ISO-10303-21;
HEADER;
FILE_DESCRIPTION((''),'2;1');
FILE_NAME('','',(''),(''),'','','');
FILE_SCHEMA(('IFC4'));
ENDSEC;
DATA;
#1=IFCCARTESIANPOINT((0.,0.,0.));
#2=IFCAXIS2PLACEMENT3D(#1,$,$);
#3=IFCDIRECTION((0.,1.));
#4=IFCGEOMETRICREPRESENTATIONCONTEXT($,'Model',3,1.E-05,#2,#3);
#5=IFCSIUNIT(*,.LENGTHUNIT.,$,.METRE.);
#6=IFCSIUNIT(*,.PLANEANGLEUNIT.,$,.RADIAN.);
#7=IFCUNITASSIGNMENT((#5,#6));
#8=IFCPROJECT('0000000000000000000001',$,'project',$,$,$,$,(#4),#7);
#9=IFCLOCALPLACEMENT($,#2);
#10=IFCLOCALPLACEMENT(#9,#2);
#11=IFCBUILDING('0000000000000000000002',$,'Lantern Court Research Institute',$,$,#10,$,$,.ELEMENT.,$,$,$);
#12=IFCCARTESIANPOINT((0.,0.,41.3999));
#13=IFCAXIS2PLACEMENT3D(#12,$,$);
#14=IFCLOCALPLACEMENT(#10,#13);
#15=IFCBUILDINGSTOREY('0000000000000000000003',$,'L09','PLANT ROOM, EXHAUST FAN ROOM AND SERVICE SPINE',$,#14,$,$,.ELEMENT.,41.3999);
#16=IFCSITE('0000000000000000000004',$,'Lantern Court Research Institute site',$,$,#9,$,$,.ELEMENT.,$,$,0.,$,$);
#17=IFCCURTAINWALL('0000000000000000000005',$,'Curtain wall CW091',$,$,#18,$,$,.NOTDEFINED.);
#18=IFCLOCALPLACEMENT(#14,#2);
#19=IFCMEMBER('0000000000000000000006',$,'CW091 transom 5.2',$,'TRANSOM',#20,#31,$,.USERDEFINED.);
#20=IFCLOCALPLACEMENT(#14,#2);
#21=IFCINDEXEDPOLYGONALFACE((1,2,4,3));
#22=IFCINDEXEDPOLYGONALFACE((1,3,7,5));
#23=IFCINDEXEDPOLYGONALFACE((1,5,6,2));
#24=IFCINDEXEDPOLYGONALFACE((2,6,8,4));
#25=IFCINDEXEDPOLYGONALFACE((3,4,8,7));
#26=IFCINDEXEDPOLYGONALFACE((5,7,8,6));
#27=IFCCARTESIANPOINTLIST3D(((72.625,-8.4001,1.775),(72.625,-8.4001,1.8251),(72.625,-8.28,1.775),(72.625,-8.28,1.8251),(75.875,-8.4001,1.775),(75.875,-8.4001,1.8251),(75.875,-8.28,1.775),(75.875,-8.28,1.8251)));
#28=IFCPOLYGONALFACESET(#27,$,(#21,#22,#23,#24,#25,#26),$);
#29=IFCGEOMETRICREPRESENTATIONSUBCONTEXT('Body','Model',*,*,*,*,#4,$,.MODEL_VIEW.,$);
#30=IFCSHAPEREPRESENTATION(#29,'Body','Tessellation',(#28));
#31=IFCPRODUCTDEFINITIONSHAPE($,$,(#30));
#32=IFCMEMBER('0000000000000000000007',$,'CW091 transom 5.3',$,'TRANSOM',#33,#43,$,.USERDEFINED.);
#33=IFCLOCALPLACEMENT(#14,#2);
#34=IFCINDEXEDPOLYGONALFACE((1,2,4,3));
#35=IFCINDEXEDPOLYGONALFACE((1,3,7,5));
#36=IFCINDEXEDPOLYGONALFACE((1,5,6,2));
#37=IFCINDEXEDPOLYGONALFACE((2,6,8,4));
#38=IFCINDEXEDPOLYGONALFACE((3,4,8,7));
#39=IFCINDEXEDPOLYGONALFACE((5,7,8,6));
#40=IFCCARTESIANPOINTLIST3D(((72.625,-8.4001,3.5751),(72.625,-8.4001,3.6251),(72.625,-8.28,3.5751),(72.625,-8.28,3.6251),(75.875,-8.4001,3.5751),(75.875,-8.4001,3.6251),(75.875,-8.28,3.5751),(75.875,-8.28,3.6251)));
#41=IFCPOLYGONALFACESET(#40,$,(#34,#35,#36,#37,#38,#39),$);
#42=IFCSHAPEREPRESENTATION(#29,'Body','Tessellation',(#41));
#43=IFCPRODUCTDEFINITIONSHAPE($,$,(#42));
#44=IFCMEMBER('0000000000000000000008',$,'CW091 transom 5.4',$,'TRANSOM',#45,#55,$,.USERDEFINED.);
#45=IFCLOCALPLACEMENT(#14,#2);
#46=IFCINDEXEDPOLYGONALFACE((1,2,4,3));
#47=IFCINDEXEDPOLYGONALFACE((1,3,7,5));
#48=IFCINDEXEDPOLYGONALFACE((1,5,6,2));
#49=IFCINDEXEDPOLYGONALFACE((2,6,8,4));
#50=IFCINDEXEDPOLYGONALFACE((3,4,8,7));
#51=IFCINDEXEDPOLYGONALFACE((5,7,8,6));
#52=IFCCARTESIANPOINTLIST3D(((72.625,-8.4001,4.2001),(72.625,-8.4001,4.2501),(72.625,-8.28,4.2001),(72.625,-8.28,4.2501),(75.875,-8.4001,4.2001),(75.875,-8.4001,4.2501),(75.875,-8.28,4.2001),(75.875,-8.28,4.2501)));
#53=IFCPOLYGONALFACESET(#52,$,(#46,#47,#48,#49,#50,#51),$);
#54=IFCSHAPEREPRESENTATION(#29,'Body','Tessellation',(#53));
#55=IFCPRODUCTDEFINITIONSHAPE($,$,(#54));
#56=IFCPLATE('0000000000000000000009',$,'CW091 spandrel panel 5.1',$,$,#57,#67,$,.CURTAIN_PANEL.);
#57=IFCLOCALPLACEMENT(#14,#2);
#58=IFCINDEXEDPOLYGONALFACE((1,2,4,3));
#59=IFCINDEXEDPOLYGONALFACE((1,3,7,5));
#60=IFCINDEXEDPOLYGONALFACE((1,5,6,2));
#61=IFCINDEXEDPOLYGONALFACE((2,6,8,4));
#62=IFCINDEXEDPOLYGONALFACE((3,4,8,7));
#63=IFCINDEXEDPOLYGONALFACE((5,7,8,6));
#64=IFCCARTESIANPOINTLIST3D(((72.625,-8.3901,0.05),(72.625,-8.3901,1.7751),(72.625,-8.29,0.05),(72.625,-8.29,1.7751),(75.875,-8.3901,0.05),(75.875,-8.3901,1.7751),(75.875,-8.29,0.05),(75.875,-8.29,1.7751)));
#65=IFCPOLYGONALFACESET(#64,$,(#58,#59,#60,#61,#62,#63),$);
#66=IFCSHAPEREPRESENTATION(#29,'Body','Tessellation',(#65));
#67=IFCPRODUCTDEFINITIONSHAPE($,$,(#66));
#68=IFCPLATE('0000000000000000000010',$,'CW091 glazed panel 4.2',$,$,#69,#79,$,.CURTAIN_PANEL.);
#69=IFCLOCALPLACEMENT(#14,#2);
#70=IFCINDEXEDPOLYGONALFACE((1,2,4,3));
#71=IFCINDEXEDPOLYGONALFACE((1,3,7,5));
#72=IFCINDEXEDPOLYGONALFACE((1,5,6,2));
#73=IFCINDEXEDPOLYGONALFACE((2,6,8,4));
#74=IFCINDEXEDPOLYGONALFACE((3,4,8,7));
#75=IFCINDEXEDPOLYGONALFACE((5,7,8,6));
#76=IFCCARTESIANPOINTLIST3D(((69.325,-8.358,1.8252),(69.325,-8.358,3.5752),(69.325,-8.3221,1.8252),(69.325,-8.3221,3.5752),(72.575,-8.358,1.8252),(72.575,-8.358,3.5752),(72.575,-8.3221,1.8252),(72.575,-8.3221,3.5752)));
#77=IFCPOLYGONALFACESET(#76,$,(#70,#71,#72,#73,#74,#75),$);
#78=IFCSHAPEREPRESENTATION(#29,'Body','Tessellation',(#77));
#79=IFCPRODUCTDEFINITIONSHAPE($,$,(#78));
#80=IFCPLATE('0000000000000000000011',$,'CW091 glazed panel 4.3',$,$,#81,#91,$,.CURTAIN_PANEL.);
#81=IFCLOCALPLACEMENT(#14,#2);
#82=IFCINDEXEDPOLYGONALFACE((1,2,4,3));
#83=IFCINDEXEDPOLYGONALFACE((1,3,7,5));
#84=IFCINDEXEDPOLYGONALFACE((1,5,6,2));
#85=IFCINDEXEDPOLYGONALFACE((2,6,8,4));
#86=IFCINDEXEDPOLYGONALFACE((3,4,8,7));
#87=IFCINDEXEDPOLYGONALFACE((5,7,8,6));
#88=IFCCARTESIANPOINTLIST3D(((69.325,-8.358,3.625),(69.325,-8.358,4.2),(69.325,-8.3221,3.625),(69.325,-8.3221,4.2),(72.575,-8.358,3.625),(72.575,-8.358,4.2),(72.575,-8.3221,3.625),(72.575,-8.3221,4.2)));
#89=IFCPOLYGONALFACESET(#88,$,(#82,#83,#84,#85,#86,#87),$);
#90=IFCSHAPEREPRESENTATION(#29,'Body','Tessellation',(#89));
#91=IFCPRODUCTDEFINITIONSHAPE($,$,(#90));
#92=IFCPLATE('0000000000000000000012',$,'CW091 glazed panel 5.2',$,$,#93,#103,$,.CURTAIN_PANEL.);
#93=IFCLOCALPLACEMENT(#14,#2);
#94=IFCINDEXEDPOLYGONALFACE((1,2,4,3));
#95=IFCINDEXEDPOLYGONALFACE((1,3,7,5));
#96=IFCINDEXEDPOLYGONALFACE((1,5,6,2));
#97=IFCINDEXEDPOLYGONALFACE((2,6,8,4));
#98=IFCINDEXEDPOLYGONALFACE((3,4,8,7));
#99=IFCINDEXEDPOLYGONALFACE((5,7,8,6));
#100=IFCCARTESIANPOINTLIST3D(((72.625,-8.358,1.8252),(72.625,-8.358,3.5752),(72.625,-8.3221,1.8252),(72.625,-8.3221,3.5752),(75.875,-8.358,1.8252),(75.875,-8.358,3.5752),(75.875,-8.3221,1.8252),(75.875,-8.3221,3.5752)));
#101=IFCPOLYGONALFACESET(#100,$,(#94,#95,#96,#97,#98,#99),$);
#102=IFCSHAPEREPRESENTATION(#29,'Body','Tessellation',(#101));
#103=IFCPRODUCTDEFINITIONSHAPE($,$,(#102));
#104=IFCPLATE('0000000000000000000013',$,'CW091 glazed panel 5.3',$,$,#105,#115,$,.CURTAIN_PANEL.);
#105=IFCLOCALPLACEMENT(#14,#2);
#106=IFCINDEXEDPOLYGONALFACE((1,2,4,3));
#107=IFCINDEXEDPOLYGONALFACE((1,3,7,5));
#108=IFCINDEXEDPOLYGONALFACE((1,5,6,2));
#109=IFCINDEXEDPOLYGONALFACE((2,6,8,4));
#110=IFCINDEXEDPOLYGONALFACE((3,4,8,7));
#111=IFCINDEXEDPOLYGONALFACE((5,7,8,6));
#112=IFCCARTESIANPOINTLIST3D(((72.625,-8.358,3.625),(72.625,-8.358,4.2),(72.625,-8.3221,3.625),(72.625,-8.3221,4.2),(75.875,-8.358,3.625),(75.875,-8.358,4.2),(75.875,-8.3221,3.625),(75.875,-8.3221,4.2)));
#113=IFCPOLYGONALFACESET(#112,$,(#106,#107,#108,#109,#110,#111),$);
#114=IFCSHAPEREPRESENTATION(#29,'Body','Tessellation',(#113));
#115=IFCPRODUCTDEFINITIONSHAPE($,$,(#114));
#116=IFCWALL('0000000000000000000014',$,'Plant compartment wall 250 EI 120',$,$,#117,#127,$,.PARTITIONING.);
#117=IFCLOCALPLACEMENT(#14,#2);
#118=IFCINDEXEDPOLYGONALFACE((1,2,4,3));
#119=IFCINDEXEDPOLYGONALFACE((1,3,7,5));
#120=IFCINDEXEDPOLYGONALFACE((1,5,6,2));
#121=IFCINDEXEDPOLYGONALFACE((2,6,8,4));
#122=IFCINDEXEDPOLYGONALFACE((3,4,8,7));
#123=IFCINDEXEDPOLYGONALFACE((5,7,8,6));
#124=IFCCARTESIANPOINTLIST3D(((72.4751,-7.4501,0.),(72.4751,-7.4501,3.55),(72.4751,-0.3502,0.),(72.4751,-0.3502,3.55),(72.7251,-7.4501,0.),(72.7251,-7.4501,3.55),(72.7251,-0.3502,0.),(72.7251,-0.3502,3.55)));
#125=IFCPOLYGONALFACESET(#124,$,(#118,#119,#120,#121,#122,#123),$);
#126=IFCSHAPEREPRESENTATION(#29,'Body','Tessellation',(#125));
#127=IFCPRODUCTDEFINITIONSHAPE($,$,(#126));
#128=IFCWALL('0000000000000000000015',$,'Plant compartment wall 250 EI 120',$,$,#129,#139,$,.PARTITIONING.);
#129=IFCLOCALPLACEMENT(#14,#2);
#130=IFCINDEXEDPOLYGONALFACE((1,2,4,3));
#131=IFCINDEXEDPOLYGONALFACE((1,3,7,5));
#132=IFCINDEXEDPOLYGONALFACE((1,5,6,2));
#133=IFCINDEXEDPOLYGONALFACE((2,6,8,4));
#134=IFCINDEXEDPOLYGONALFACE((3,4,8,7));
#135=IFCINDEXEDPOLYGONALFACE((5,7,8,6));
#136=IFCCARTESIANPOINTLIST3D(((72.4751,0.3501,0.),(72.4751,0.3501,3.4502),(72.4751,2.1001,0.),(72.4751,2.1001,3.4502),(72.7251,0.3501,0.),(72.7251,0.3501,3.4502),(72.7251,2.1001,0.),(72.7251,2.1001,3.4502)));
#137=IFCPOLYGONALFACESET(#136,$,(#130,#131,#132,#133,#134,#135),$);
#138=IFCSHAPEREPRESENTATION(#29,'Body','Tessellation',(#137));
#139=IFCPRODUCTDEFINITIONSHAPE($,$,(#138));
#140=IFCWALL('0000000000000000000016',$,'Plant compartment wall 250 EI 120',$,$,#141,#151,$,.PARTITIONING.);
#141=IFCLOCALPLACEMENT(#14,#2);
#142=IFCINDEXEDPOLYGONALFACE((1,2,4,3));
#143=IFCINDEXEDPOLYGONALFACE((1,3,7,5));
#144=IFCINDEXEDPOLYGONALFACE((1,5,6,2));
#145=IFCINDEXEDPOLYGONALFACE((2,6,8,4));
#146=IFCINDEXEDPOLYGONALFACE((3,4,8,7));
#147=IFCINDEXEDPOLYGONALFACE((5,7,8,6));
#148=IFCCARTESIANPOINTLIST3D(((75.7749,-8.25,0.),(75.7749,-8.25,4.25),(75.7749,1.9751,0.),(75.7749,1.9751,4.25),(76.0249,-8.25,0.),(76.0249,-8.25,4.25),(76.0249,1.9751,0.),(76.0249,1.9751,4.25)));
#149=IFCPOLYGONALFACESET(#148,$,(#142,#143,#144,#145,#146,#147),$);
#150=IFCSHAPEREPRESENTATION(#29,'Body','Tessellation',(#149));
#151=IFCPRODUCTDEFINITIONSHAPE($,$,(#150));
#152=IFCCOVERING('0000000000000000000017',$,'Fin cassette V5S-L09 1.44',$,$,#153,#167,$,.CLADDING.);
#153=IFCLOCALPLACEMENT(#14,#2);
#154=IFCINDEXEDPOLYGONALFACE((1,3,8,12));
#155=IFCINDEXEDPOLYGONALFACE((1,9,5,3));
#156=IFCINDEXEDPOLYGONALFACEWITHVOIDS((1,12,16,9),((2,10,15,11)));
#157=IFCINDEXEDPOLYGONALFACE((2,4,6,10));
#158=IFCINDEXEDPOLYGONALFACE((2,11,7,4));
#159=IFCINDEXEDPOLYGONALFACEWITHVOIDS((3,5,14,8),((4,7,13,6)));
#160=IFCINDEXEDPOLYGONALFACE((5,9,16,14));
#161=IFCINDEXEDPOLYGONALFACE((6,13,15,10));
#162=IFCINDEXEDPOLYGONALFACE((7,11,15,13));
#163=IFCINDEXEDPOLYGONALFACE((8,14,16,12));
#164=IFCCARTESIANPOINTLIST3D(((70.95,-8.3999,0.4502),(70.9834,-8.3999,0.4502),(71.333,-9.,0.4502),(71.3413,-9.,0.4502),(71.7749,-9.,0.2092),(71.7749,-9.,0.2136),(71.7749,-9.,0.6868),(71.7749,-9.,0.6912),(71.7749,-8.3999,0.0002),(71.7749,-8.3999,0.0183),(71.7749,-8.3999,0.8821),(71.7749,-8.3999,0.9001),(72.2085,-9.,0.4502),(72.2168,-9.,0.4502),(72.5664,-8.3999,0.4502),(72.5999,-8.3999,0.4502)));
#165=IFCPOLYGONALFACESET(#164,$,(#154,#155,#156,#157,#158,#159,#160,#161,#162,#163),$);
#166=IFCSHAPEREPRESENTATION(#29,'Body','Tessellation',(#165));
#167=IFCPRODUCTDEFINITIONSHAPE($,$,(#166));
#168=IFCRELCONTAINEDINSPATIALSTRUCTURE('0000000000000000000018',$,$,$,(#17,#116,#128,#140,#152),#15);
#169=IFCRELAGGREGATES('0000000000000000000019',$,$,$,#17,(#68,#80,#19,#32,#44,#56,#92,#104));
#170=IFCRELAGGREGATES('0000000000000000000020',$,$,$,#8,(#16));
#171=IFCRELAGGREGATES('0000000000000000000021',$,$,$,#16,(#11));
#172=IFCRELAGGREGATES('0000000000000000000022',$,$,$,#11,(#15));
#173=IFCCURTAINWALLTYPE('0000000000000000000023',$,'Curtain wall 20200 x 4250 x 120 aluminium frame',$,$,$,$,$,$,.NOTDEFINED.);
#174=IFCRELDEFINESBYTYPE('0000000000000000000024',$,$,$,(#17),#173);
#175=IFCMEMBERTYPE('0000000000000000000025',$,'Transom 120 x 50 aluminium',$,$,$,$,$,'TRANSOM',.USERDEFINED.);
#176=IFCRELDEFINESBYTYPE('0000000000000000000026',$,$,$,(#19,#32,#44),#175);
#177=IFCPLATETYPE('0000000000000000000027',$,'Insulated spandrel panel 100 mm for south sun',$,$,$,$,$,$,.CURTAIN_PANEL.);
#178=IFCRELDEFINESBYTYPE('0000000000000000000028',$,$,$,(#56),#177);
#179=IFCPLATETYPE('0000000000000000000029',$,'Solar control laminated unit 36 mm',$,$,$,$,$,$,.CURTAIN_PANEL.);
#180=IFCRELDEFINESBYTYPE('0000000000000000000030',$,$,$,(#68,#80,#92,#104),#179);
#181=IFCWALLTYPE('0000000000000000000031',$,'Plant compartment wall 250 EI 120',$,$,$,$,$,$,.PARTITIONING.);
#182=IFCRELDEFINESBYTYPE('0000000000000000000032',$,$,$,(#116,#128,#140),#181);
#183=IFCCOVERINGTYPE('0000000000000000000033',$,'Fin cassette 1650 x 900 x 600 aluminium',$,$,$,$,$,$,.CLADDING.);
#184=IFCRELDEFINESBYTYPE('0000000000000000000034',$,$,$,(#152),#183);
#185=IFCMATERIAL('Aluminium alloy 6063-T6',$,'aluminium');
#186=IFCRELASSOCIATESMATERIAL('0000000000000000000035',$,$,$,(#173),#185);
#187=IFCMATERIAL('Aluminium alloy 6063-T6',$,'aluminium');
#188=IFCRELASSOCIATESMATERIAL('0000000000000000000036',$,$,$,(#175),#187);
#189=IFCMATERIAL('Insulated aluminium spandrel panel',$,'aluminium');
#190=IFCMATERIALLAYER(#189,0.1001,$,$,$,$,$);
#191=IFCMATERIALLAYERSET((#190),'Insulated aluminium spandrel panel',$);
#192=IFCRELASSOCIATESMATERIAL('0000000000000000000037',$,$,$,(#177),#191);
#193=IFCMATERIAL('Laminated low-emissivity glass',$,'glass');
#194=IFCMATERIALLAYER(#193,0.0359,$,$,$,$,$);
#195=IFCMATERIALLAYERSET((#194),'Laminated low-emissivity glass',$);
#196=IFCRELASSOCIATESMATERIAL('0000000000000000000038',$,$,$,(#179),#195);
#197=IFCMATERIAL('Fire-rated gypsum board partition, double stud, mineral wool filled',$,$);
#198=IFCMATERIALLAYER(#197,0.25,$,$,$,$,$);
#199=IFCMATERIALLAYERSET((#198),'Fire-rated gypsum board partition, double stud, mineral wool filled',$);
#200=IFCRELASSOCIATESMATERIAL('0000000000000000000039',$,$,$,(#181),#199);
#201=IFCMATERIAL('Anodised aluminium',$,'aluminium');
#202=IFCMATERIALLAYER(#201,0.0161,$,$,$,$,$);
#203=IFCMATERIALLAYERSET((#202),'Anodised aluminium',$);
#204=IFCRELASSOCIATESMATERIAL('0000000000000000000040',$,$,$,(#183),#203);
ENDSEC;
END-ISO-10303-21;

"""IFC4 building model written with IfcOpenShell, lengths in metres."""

from ifc_helpers import new_model, entity, si_unit, direction, frame, frame_2d, origin, origin_2d, place, context, subcontext, project, spatial, rectangle, extrude, material, layer, layer_set, material_profile, profile_set, type_object, element, aggregate, save


model = new_model("IFC4")

# Units and contexts
model_context = context("Model", 3, precision=1e-05, world=origin(), true_north=direction((0.0, 1.0)))
body_context = subcontext(model_context, "Body", "Model", "MODEL_VIEW")
ifc_project = project(units=[si_unit("LENGTHUNIT", "METRE"), si_unit("PLANEANGLEUNIT", "RADIAN")], contexts=[model_context])

# Site, building, storey
site_placement = place(None, origin())
site = spatial("IfcSite", under=ifc_project, at=site_placement, Name="Lantern Court Research Institute site", CompositionType="ELEMENT", RefElevation=0.0)
building_placement = place(site_placement, origin())
building = spatial("IfcBuilding", under=site, at=building_placement, Name="Lantern Court Research Institute", CompositionType="ELEMENT")
storey_placement = place(building_placement, frame((0.0, 0.0, 41.3999)))
storey = spatial("IfcBuildingStorey", under=building, at=storey_placement, Name="L09", Description="PLANT ROOM, EXHAUST FAN ROOM AND SERVICE SPINE", CompositionType="ELEMENT", Elevation=41.3999)

# Curtain wall
ifc_material_1 = material(Name="Aluminium alloy 6063-T6", Category="aluminium")
curtain_wall_type = type_object("IfcCurtainWallType", Name="Curtain wall 20200 x 4250 x 120 aluminium frame", PredefinedType="NOTDEFINED", material=ifc_material_1)
curtain_wall_placement = place(storey_placement, origin())
curtain_wall = element("IfcCurtainWall", 1, at=curtain_wall_placement, inside=storey, type_object=curtain_wall_type, Name="Curtain wall CW091", PredefinedType="NOTDEFINED")

# Members
ifc_material_2 = material(Name="Aluminium alloy 6063-T6", Category="aluminium")
ifc_material_profile_1 = material_profile(ifc_material_2, rectangle(XDim=0.1201, YDim=0.05, at=origin_2d()), Name="Transom 120 x 50")
ifc_profile_set_1 = profile_set([ifc_material_profile_1], Name="Aluminium alloy 6063-T6")
member_type_1 = type_object("IfcMemberType", Name="Transom 120 x 50 aluminium", ElementType="TRANSOM", PredefinedType="USERDEFINED", material=ifc_profile_set_1)
member_1_placement = place(storey_placement, frame((75.875, -8.3401, 1.8), z_axis=(-1.0, 0.0, 0.0), x_axis=(0.0, -1.0, 0.0)))
member_1 = element("IfcMember", 2, at=member_1_placement, type_object=member_type_1, Name="CW091 transom 5.2", ObjectType="TRANSOM", PredefinedType="USERDEFINED", context=body_context, shape_type="SweptSolid", body=[
    extrude(rectangle(XDim=0.1201, YDim=0.05, at=origin_2d()), origin(), (0.0, 0.0, 1.0), 3.25),
])
member_2_placement = place(storey_placement, frame((75.875, -8.3401, 3.6001), z_axis=(-1.0, 0.0, 0.0), x_axis=(0.0, -1.0, 0.0)))
member_2 = element("IfcMember", 3, at=member_2_placement, type_object=member_type_1, Name="CW091 transom 5.3", ObjectType="TRANSOM", PredefinedType="USERDEFINED", context=body_context, shape_type="SweptSolid", body=[
    extrude(rectangle(XDim=0.1201, YDim=0.05, at=origin_2d()), origin(), (0.0, 0.0, 1.0), 3.25),
])
member_3_placement = place(storey_placement, frame((75.875, -8.3401, 4.2251), z_axis=(-1.0, 0.0, 0.0), x_axis=(0.0, -1.0, 0.0)))
member_3 = element("IfcMember", 4, at=member_3_placement, type_object=member_type_1, Name="CW091 transom 5.4", ObjectType="TRANSOM", PredefinedType="USERDEFINED", context=body_context, shape_type="SweptSolid", body=[
    extrude(rectangle(XDim=0.1201, YDim=0.05, at=origin_2d()), origin(), (0.0, 0.0, 1.0), 3.25),
])

# Plates
ifc_material_3 = material(Name="Insulated aluminium spandrel panel", Category="aluminium")
ifc_layer_1 = layer(ifc_material_3, 0.1001)
ifc_layer_set_1 = layer_set([ifc_layer_1], Name="Insulated aluminium spandrel panel")
plate_type_1 = type_object("IfcPlateType", Name="Insulated spandrel panel 100 mm for south sun", PredefinedType="CURTAIN_PANEL", material=ifc_layer_set_1)
plate_1_placement = place(storey_placement, frame((74.25, -8.3401, 0.05), z_axis=(0.0, 0.0, 1.0), x_axis=(-1.0, 0.0, 0.0)))
plate_1 = element("IfcPlate", 5, at=plate_1_placement, type_object=plate_type_1, Name="CW091 spandrel panel 5.1", PredefinedType="CURTAIN_PANEL", context=body_context, shape_type="SweptSolid", body=[
    extrude(rectangle(XDim=3.25, YDim=0.1001, at=origin_2d()), origin(), (0.0, 0.0, 1.0), 1.7251),
])
ifc_material_4 = material(Name="Laminated low-emissivity glass", Category="glass")
ifc_layer_2 = layer(ifc_material_4, 0.0359)
ifc_layer_set_2 = layer_set([ifc_layer_2], Name="Laminated low-emissivity glass")
plate_type_2 = type_object("IfcPlateType", Name="Solar control laminated unit 36 mm", PredefinedType="CURTAIN_PANEL", material=ifc_layer_set_2)
plate_2_placement = place(storey_placement, frame((70.95, -8.3401, 1.8252), z_axis=(0.0, 0.0, 1.0), x_axis=(-1.0, 0.0, 0.0)))
plate_2 = element("IfcPlate", 6, at=plate_2_placement, type_object=plate_type_2, Name="CW091 glazed panel 4.2", PredefinedType="CURTAIN_PANEL", context=body_context, shape_type="SweptSolid", body=[
    extrude(rectangle(XDim=3.25, YDim=0.0359, at=origin_2d()), origin(), (0.0, 0.0, 1.0), 1.75),
])
plate_3_placement = place(storey_placement, frame((70.95, -8.3401, 3.625), z_axis=(0.0, 0.0, 1.0), x_axis=(-1.0, 0.0, 0.0)))
plate_3 = element("IfcPlate", 7, at=plate_3_placement, type_object=plate_type_2, Name="CW091 glazed panel 4.3", PredefinedType="CURTAIN_PANEL", context=body_context, shape_type="SweptSolid", body=[
    extrude(rectangle(XDim=3.25, YDim=0.0359, at=origin_2d()), origin(), (0.0, 0.0, 1.0), 0.575),
])
plate_4_placement = place(storey_placement, frame((74.25, -8.3401, 1.8252), z_axis=(0.0, 0.0, 1.0), x_axis=(-1.0, 0.0, 0.0)))
plate_4 = element("IfcPlate", 8, at=plate_4_placement, type_object=plate_type_2, Name="CW091 glazed panel 5.2", PredefinedType="CURTAIN_PANEL", context=body_context, shape_type="SweptSolid", body=[
    extrude(rectangle(XDim=3.25, YDim=0.0359, at=origin_2d()), origin(), (0.0, 0.0, 1.0), 1.75),
])
plate_5_placement = place(storey_placement, frame((74.25, -8.3401, 3.625), z_axis=(0.0, 0.0, 1.0), x_axis=(-1.0, 0.0, 0.0)))
plate_5 = element("IfcPlate", 9, at=plate_5_placement, type_object=plate_type_2, Name="CW091 glazed panel 5.3", PredefinedType="CURTAIN_PANEL", context=body_context, shape_type="SweptSolid", body=[
    extrude(rectangle(XDim=3.25, YDim=0.0359, at=origin_2d()), origin(), (0.0, 0.0, 1.0), 0.575),
])
aggregate(curtain_wall, [plate_2, plate_3, member_1, member_2, member_3, plate_1, plate_4, plate_5])

# Walls
ifc_material_5 = material(Name="Fire-rated gypsum board partition, double stud, mineral wool filled")
ifc_layer_3 = layer(ifc_material_5, 0.25)
ifc_layer_set_3 = layer_set([ifc_layer_3], Name="Fire-rated gypsum board partition, double stud, mineral wool filled")
wall_type = type_object("IfcWallType", Name="Plant compartment wall 250 EI 120", PredefinedType="PARTITIONING", material=ifc_layer_set_3)
wall_1_placement = place(storey_placement, frame((72.6001, -7.45, 0.0), z_axis=(0.0, 0.0, 1.0), x_axis=(0.0, 1.0, 0.0)))
element("IfcWall", 10, at=wall_1_placement, inside=storey, type_object=wall_type, Name="Plant compartment wall 250 EI 120", PredefinedType="PARTITIONING", context=body_context, shape_type="SweptSolid", body=[
    extrude(rectangle(XDim=7.0999, YDim=0.25, at=frame_2d((3.5498, 0.0))), origin(), (0.0, 0.0, 1.0), 3.55),
])
wall_2_placement = place(storey_placement, frame((72.6001, 0.3501, 0.0), z_axis=(0.0, 0.0, 1.0), x_axis=(0.0, 1.0, 0.0)))
element("IfcWall", 11, at=wall_2_placement, inside=storey, type_object=wall_type, Name="Plant compartment wall 250 EI 120", PredefinedType="PARTITIONING", context=body_context, shape_type="SweptSolid", body=[
    extrude(rectangle(XDim=1.75, YDim=0.25, at=frame_2d((0.875, 0.0))), origin(), (0.0, 0.0, 1.0), 3.4502),
])

# Wall
wall_3_placement = place(storey_placement, frame((75.8999, -8.25, 0.0), z_axis=(0.0, 0.0, 1.0), x_axis=(0.0, 1.0, 0.0)))
element("IfcWall", 12, at=wall_3_placement, inside=storey, type_object=wall_type, Name="Plant compartment wall 250 EI 120", PredefinedType="PARTITIONING", context=body_context, shape_type="SweptSolid", body=[
    extrude(rectangle(XDim=10.2251, YDim=0.25, at=frame_2d((5.1125, 0.0))), origin(), (0.0, 0.0, 1.0), 4.25),
])

# Covering
ifc_material_6 = material(Name="Anodised aluminium", Category="aluminium")
ifc_layer_4 = layer(ifc_material_6, 0.0161)
ifc_layer_set_4 = layer_set([ifc_layer_4], Name="Anodised aluminium")
covering_type = type_object("IfcCoveringType", Name="Fin cassette 1650 x 900 x 600 aluminium", PredefinedType="CLADDING", material=ifc_layer_set_4)
covering_1_placement = place(storey_placement, frame((71.7749, -8.3999, 0.4502), z_axis=(0.0, -1.0, 0.0), x_axis=(1.0, 0.0, 0.0)))
cartesian_point_1 = entity("IfcCartesianPoint", [0.825, 0.0])
cartesian_point_2 = entity("IfcCartesianPoint", [0.7915, 0.0])
cartesian_point_3 = entity("IfcCartesianPoint", [0.4419, 0.0])
cartesian_point_4 = entity("IfcCartesianPoint", [0.4336, 0.0])
element("IfcCovering", 13, at=covering_1_placement, inside=storey, type_object=covering_type, Name="Fin cassette V5S-L09 1.44", PredefinedType="CLADDING", context=body_context, shape_type="SweptSolid", body=[
    entity("IfcExtrudedAreaSolidTapered", entity("IfcArbitraryProfileDefWithVoids", "AREA", None, entity("IfcPolyline", [cartesian_point_1, entity("IfcCartesianPoint", [0.0, 0.45]), entity("IfcCartesianPoint", [-0.825, 0.0]), entity("IfcCartesianPoint", [0.0, -0.45]), cartesian_point_1]), [entity("IfcPolyline", [cartesian_point_2, entity("IfcCartesianPoint", [0.0, 0.4319]), entity("IfcCartesianPoint", [-0.7915, 0.0]), entity("IfcCartesianPoint", [0.0, -0.4319]), cartesian_point_2])]), entity("IfcAxis2Placement3D", entity("IfcCartesianPoint", [0.0, 0.0, 0.0])), entity("IfcDirection", [0.0, 0.0, 1.0]), 0.6001, entity("IfcArbitraryProfileDefWithVoids", "AREA", None, entity("IfcPolyline", [cartesian_point_3, entity("IfcCartesianPoint", [0.0, 0.241]), entity("IfcCartesianPoint", [-0.4419, 0.0]), entity("IfcCartesianPoint", [0.0, -0.241]), cartesian_point_3]), [entity("IfcPolyline", [cartesian_point_4, entity("IfcCartesianPoint", [0.0, 0.2366]), entity("IfcCartesianPoint", [-0.4336, 0.0]), entity("IfcCartesianPoint", [0.0, -0.2366]), cartesian_point_4])])),
])

save(model, "model.ifc")
